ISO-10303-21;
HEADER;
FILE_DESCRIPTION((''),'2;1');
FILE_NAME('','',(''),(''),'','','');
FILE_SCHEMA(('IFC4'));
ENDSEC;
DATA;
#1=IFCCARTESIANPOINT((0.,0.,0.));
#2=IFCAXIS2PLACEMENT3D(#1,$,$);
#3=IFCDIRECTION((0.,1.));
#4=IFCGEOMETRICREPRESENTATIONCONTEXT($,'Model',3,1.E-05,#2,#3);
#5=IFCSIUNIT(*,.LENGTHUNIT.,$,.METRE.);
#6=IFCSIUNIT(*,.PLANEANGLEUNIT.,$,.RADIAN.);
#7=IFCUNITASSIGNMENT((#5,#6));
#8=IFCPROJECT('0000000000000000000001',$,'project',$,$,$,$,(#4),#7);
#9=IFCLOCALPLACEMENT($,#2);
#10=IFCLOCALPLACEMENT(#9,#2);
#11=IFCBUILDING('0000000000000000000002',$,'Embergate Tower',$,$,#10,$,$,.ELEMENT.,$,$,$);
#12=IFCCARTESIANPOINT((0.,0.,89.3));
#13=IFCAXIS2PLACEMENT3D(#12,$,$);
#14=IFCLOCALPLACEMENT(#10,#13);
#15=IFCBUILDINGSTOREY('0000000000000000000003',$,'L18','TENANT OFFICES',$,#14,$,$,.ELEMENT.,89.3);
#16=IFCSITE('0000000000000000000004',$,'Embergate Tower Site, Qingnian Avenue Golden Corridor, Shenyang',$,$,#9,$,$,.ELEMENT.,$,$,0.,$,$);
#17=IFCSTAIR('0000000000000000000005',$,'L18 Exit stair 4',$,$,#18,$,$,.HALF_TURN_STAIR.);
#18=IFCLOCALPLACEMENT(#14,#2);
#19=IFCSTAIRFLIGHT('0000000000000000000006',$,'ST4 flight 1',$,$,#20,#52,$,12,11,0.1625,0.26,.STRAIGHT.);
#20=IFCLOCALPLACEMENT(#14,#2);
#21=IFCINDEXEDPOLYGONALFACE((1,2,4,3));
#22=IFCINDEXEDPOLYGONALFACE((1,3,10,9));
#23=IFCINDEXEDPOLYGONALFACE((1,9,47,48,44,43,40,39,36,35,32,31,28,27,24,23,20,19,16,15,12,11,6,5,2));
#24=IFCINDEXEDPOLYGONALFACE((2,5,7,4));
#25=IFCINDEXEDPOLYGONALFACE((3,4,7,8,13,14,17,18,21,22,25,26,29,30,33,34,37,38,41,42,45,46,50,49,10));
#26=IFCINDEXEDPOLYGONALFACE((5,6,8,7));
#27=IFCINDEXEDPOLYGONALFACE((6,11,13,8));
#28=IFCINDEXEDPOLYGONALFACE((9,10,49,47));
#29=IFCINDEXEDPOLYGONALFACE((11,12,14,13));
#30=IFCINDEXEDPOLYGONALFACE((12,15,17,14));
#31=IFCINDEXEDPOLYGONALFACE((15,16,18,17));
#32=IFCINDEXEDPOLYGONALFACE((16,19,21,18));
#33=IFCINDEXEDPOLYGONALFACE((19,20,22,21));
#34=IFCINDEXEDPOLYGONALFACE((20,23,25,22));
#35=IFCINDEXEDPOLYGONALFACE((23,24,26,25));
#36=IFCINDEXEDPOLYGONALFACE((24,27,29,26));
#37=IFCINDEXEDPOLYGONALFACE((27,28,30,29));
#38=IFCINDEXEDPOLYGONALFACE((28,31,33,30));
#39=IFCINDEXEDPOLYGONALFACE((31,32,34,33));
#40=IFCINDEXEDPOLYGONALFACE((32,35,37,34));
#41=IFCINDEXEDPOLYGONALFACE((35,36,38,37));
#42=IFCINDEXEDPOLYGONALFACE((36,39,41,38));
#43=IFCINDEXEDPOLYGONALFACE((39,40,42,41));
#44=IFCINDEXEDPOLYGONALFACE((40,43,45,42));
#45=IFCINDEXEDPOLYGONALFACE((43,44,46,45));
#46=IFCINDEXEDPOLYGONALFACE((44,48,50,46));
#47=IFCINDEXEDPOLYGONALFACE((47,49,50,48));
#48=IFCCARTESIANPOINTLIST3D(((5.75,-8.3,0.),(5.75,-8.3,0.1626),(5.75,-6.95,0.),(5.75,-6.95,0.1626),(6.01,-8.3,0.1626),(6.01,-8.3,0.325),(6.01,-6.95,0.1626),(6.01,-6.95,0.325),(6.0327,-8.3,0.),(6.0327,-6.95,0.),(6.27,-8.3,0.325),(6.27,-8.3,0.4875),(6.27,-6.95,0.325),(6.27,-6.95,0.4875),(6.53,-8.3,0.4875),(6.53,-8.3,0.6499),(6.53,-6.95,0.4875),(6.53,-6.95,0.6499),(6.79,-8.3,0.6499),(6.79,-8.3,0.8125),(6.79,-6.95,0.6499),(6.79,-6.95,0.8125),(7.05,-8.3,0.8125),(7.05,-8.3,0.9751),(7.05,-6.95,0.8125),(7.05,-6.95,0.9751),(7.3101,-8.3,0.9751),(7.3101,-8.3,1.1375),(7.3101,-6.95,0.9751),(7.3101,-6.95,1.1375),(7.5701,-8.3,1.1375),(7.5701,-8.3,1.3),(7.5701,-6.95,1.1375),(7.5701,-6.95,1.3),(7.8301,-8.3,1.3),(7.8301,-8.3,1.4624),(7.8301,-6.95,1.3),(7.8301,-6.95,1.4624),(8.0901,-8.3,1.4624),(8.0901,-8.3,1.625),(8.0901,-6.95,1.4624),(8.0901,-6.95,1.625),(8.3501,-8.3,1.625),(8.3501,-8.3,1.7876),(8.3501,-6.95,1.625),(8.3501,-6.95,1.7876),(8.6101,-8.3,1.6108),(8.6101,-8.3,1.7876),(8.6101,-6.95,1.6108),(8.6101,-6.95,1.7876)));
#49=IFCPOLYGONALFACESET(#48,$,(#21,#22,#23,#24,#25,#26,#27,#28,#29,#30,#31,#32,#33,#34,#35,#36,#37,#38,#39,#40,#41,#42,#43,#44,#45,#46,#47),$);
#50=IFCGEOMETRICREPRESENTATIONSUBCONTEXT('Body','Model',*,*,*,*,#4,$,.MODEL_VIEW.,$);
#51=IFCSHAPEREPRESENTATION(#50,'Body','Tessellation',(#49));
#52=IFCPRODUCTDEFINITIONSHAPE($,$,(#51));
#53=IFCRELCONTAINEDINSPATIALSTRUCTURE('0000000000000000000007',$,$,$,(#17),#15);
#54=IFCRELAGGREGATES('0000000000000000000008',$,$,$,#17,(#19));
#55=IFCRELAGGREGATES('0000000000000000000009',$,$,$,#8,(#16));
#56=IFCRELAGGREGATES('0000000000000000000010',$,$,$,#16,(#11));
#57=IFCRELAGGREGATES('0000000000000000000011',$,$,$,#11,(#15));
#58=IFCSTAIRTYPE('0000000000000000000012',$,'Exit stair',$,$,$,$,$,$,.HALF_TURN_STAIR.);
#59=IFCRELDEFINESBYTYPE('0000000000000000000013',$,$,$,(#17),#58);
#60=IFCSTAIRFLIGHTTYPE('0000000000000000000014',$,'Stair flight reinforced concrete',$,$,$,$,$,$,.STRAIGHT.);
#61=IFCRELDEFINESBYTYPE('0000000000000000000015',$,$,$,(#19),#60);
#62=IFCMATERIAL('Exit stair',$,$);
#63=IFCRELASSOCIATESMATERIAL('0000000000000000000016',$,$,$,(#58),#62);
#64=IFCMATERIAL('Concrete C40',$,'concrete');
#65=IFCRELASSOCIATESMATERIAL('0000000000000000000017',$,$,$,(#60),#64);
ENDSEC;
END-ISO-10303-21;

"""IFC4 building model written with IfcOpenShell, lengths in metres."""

from ifc_helpers import new_model, si_unit, direction, frame, origin, place, context, subcontext, project, spatial, polyline, outline, extrude, source, transform, mapped, material, type_object, element, aggregate, save


model = new_model("IFC4")

# Units and contexts
model_context = context("Model", 3, precision=1e-05, world=origin(), true_north=direction((0.0, 1.0)))
body_context = subcontext(model_context, "Body", "Model", "MODEL_VIEW")
ifc_project = project(units=[si_unit("LENGTHUNIT", "METRE"), si_unit("PLANEANGLEUNIT", "RADIAN")], contexts=[model_context])

# Site, building, storey
site_placement = place(None, origin())
site = spatial("IfcSite", under=ifc_project, at=site_placement, Name="Embergate Tower Site, Qingnian Avenue Golden Corridor, Shenyang", CompositionType="ELEMENT", RefElevation=0.0)
building_placement = place(site_placement, origin())
building = spatial("IfcBuilding", under=site, at=building_placement, Name="Embergate Tower", CompositionType="ELEMENT")
storey_placement = place(building_placement, frame((0.0, 0.0, 89.3)))
storey = spatial("IfcBuildingStorey", under=building, at=storey_placement, Name="L18", Description="TENANT OFFICES", CompositionType="ELEMENT", Elevation=89.3)

# Stair, stair flight
ifc_material_1 = material(Name="Exit stair")
stair_type = type_object("IfcStairType", Name="Exit stair", PredefinedType="HALF_TURN_STAIR", material=ifc_material_1)
stair_placement = place(storey_placement, origin())
stair = element("IfcStair", 1, at=stair_placement, inside=storey, type_object=stair_type, Name="L18 Exit stair 4", PredefinedType="HALF_TURN_STAIR")
ifc_material_2 = material(Name="Concrete C40", Category="concrete")
stair_flight_type = type_object("IfcStairFlightType", Name="Stair flight reinforced concrete", PredefinedType="STRAIGHT", material=ifc_material_2)
shared_shape_1 = source(origin(), body_context, "Body", "SweptSolid", [
    extrude(outline(polyline([(0.0, 0.0), (0.0, 0.1626), (0.26, 0.1626), (0.26, 0.325), (0.52, 0.325), (0.52, 0.4875), (0.78, 0.4875), (0.78, 0.6499), (1.04, 0.6499), (1.04, 0.8125), (1.3, 0.8125), (1.3, 0.9751), (1.5601, 0.9751), (1.5601, 1.1375), (1.8201, 1.1375), (1.8201, 1.3), (2.0801, 1.3), (2.0801, 1.4624), (2.3401, 1.4624), (2.3401, 1.625), (2.6001, 1.625), (2.6001, 1.7876), (2.8601, 1.7876), (2.8601, 1.95), (2.8601, 1.6108), (0.2827, 0.0), (0.0, 0.0)])), frame((0.0, 0.675, 0.0), z_axis=(0.0, -1.0, 0.0), x_axis=(1.0, 0.0, 0.0)), (0.0, 0.0, 1.0), 1.3501),
])
stair_flight_placement = place(storey_placement, frame((5.75, -7.625, 0.0), z_axis=(0.0, 0.0, 1.0), x_axis=(1.0, 0.0, 0.0)))
stair_flight = element("IfcStairFlight", 2, at=stair_flight_placement, type_object=stair_flight_type, Name="ST4 flight 1", NumberOfRisers=12, NumberOfTreads=11, PredefinedType="STRAIGHT", RiserHeight=0.1625, TreadLength=0.26, context=body_context, shape_type="MappedRepresentation", body=[
    mapped(shared_shape_1, transform((0.0, 0.0, 0.0))),
])
aggregate(stair, [stair_flight])

save(model, "model.ifc")
